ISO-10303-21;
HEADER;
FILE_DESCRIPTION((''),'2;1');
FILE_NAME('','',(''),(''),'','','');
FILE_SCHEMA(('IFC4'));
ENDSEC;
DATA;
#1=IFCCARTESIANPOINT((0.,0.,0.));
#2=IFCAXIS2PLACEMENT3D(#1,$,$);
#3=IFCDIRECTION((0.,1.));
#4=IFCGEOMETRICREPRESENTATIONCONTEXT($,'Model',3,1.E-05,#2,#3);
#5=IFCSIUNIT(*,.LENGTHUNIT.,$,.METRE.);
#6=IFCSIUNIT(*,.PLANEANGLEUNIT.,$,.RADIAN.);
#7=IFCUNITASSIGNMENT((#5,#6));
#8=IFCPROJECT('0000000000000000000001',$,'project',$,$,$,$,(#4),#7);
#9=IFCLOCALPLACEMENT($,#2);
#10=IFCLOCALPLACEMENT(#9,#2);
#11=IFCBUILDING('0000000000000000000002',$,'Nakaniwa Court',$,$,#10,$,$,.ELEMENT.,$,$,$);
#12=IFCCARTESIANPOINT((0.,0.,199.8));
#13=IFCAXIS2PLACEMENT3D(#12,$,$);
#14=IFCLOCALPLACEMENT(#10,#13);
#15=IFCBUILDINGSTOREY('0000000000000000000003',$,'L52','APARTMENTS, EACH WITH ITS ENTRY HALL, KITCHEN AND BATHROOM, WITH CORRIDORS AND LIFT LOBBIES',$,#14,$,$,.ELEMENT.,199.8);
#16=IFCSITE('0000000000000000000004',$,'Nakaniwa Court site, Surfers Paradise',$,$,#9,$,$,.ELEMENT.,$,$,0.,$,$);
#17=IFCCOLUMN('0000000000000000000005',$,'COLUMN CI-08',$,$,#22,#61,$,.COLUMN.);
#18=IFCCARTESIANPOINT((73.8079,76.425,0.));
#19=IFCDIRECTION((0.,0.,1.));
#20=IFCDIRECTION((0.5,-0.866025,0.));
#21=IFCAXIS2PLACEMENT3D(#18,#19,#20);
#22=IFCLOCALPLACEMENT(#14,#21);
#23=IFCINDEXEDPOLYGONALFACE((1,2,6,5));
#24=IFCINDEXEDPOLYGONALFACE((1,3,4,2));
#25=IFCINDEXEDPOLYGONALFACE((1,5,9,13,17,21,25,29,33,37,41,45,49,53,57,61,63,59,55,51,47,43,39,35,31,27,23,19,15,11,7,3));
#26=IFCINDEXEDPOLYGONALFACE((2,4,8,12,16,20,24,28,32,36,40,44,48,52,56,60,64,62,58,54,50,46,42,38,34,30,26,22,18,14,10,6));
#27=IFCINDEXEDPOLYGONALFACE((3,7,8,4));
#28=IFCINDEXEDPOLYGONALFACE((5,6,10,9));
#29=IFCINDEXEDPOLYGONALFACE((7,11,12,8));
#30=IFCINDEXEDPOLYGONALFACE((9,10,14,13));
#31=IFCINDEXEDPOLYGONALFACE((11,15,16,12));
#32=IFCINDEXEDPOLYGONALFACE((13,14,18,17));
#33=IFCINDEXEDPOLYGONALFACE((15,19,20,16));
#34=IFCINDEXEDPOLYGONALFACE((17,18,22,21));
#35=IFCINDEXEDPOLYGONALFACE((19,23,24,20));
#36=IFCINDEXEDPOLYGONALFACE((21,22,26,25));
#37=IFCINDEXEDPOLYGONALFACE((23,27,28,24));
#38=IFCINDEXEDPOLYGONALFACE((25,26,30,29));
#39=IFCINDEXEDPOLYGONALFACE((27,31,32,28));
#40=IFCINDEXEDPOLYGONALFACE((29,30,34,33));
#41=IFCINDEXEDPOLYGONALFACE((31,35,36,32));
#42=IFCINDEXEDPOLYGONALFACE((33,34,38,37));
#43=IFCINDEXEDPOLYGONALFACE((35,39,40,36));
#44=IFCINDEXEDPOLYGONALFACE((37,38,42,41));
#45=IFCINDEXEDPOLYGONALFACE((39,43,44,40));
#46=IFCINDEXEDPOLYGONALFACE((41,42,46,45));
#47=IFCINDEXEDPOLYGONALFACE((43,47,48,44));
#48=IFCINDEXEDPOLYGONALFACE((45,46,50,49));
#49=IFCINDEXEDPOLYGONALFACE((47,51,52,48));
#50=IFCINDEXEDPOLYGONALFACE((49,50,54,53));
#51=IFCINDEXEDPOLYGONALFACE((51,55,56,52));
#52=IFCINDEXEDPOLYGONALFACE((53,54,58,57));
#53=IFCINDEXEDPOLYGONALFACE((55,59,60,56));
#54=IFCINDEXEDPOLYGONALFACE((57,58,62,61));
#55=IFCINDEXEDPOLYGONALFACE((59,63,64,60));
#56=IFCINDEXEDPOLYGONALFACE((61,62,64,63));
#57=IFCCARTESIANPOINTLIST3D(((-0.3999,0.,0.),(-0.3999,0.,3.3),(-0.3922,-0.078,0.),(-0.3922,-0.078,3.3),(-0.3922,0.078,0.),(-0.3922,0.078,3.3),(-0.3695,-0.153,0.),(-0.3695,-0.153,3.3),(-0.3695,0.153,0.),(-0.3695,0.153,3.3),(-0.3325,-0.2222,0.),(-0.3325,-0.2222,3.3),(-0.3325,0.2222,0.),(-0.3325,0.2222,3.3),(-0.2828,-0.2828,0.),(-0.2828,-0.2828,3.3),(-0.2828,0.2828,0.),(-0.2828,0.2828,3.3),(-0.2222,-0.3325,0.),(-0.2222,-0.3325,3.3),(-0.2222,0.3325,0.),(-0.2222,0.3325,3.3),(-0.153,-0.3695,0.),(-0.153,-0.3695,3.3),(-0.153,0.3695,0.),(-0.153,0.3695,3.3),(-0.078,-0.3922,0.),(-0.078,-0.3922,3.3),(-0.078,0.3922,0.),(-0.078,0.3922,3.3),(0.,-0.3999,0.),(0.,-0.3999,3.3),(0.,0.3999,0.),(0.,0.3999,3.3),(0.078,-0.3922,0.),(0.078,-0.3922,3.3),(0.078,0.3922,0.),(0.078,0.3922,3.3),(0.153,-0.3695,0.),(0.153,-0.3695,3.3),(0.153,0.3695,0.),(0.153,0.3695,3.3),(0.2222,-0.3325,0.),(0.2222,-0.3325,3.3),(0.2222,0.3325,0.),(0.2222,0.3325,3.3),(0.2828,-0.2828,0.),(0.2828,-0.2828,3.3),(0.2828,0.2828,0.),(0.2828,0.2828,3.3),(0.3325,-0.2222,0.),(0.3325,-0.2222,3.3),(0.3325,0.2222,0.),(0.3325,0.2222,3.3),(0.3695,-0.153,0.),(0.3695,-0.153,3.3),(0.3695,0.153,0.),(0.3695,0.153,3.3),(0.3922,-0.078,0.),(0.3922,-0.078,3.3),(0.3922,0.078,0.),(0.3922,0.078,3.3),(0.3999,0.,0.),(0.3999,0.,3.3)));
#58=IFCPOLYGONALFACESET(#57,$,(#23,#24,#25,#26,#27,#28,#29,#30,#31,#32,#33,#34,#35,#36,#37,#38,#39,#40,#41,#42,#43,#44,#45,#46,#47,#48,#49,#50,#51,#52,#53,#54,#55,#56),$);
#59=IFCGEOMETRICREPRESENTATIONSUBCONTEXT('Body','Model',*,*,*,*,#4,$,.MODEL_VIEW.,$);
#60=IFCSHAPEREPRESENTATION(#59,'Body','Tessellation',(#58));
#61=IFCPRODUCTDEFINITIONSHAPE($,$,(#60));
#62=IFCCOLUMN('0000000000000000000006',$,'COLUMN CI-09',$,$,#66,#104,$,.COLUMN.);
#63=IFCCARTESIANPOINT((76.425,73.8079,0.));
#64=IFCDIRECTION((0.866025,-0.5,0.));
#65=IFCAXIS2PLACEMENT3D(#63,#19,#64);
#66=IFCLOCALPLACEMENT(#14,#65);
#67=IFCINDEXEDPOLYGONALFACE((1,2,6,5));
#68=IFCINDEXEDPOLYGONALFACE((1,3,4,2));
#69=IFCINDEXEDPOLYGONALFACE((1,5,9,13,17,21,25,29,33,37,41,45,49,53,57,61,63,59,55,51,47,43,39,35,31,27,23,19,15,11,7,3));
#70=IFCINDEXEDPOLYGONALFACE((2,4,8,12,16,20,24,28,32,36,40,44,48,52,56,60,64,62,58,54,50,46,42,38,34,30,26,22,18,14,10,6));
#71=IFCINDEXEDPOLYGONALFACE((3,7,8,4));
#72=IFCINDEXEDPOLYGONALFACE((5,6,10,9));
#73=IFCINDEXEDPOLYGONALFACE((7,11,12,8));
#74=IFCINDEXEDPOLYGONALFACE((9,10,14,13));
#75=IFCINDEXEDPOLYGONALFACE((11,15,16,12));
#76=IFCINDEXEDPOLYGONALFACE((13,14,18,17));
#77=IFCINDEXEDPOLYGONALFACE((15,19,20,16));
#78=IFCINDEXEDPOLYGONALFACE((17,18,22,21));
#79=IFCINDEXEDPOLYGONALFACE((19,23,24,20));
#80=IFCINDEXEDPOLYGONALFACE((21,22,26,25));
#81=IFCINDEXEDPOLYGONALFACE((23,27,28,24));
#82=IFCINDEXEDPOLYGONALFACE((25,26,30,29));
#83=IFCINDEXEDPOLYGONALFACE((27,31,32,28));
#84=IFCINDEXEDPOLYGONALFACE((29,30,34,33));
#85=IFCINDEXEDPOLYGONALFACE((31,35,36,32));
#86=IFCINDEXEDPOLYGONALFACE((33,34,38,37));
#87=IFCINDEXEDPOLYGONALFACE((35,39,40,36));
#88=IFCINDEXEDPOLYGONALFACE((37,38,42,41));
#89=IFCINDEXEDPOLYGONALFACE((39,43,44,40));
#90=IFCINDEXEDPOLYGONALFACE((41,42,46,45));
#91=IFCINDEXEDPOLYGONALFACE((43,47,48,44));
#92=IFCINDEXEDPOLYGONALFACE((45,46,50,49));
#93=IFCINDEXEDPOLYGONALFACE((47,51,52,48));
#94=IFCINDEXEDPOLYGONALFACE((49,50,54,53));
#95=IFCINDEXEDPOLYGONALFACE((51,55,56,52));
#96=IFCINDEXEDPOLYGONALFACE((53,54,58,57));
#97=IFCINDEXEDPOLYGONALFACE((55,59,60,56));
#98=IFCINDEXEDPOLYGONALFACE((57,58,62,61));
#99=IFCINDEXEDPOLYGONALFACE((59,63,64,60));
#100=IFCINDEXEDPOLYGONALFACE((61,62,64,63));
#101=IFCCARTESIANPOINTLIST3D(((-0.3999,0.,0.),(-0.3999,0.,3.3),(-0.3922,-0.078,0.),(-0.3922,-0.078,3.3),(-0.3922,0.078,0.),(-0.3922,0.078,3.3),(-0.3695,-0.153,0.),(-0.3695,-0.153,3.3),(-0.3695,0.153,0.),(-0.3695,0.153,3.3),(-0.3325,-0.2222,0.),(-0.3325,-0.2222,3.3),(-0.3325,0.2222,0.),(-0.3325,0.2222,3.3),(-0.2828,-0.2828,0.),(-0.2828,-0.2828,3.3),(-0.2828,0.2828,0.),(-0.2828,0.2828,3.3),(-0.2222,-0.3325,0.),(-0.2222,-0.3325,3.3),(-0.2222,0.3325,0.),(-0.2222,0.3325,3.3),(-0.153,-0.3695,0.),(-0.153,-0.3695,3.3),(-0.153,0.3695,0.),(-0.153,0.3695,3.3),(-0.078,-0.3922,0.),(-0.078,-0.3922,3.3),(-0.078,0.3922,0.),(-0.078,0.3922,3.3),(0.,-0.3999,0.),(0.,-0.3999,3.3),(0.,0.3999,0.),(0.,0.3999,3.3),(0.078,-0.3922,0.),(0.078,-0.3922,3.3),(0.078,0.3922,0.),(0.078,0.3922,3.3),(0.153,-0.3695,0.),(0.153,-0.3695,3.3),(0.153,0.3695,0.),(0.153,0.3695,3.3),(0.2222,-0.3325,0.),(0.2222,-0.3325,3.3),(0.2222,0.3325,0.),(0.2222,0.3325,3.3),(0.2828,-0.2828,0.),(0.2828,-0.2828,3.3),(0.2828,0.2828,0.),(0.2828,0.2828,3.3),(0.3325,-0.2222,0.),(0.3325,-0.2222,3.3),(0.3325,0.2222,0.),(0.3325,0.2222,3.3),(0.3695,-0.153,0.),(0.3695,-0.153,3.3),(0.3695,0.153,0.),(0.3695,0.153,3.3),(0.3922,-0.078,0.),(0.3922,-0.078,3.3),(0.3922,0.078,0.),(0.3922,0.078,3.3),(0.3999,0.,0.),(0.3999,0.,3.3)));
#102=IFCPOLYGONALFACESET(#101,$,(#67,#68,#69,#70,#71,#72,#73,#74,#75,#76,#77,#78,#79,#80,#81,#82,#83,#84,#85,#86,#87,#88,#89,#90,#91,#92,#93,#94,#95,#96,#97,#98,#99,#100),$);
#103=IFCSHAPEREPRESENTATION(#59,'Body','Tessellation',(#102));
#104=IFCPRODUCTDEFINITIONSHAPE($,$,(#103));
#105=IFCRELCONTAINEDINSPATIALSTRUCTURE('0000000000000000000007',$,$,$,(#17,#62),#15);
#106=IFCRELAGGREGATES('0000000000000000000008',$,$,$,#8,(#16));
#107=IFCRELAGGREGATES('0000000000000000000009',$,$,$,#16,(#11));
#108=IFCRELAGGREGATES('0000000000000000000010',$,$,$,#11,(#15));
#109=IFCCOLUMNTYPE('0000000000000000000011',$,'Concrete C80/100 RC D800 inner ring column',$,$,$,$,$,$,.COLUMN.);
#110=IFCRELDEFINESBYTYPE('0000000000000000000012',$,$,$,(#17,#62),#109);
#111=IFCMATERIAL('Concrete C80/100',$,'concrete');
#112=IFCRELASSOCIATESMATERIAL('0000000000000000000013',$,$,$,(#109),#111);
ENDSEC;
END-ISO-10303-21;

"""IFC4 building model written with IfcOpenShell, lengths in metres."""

from ifc_helpers import new_model, si_unit, direction, frame, origin, origin_2d, place, context, subcontext, project, spatial, circle, extrude, material, material_profile, profile_set, type_object, element, save


model = new_model("IFC4")

# Units and contexts
model_context = context("Model", 3, precision=1e-05, world=origin(), true_north=direction((0.0, 1.0)))
body_context = subcontext(model_context, "Body", "Model", "MODEL_VIEW")
ifc_project = project(units=[si_unit("LENGTHUNIT", "METRE"), si_unit("PLANEANGLEUNIT", "RADIAN")], contexts=[model_context])

# Site, building, storey
site_placement = place(None, origin())
site = spatial("IfcSite", under=ifc_project, at=site_placement, Name="Nakaniwa Court site, Surfers Paradise", CompositionType="ELEMENT", RefElevation=0.0)
building_placement = place(site_placement, origin())
building = spatial("IfcBuilding", under=site, at=building_placement, Name="Nakaniwa Court", CompositionType="ELEMENT")
storey_placement = place(building_placement, frame((0.0, 0.0, 199.8)))
storey = spatial("IfcBuildingStorey", under=building, at=storey_placement, Name="L52", Description="APARTMENTS, EACH WITH ITS ENTRY HALL, KITCHEN AND BATHROOM, WITH CORRIDORS AND LIFT LOBBIES", CompositionType="ELEMENT", Elevation=199.8)

# Columns
ifc_material_1 = material(Name="Concrete C80/100", Category="concrete")
ifc_material_profile_1 = material_profile(ifc_material_1, circle(Radius=0.3999, at=origin_2d()), Name="Concrete C80/100 RC D800 inner ring column")
ifc_profile_set_1 = profile_set([ifc_material_profile_1], Name="Concrete C80/100")
column_type_1 = type_object("IfcColumnType", Name="Concrete C80/100 RC D800 inner ring column", PredefinedType="COLUMN", material=ifc_profile_set_1)
for number, where, z_axis, x_axis, name in (
    (1, (73.8079, 76.425, 0.0), (0.0, 0.0, 1.0), (0.5, -0.866025, 0.0), "COLUMN CI-08"),
    (2, (76.425, 73.8079, 0.0), (0.0, 0.0, 1.0), (0.866025, -0.5, 0.0), "COLUMN CI-09"),
):
    element("IfcColumn", number, at=place(storey_placement, frame(where, z_axis=z_axis, x_axis=x_axis)), inside=storey, type_object=column_type_1, Name=name, PredefinedType="COLUMN", context=body_context, shape_type="SweptSolid", body=[
        extrude(circle(Radius=0.3999, at=origin_2d()), origin(), (0.0, 0.0, 1.0), 3.3),
    ])

save(model, "model.ifc")
